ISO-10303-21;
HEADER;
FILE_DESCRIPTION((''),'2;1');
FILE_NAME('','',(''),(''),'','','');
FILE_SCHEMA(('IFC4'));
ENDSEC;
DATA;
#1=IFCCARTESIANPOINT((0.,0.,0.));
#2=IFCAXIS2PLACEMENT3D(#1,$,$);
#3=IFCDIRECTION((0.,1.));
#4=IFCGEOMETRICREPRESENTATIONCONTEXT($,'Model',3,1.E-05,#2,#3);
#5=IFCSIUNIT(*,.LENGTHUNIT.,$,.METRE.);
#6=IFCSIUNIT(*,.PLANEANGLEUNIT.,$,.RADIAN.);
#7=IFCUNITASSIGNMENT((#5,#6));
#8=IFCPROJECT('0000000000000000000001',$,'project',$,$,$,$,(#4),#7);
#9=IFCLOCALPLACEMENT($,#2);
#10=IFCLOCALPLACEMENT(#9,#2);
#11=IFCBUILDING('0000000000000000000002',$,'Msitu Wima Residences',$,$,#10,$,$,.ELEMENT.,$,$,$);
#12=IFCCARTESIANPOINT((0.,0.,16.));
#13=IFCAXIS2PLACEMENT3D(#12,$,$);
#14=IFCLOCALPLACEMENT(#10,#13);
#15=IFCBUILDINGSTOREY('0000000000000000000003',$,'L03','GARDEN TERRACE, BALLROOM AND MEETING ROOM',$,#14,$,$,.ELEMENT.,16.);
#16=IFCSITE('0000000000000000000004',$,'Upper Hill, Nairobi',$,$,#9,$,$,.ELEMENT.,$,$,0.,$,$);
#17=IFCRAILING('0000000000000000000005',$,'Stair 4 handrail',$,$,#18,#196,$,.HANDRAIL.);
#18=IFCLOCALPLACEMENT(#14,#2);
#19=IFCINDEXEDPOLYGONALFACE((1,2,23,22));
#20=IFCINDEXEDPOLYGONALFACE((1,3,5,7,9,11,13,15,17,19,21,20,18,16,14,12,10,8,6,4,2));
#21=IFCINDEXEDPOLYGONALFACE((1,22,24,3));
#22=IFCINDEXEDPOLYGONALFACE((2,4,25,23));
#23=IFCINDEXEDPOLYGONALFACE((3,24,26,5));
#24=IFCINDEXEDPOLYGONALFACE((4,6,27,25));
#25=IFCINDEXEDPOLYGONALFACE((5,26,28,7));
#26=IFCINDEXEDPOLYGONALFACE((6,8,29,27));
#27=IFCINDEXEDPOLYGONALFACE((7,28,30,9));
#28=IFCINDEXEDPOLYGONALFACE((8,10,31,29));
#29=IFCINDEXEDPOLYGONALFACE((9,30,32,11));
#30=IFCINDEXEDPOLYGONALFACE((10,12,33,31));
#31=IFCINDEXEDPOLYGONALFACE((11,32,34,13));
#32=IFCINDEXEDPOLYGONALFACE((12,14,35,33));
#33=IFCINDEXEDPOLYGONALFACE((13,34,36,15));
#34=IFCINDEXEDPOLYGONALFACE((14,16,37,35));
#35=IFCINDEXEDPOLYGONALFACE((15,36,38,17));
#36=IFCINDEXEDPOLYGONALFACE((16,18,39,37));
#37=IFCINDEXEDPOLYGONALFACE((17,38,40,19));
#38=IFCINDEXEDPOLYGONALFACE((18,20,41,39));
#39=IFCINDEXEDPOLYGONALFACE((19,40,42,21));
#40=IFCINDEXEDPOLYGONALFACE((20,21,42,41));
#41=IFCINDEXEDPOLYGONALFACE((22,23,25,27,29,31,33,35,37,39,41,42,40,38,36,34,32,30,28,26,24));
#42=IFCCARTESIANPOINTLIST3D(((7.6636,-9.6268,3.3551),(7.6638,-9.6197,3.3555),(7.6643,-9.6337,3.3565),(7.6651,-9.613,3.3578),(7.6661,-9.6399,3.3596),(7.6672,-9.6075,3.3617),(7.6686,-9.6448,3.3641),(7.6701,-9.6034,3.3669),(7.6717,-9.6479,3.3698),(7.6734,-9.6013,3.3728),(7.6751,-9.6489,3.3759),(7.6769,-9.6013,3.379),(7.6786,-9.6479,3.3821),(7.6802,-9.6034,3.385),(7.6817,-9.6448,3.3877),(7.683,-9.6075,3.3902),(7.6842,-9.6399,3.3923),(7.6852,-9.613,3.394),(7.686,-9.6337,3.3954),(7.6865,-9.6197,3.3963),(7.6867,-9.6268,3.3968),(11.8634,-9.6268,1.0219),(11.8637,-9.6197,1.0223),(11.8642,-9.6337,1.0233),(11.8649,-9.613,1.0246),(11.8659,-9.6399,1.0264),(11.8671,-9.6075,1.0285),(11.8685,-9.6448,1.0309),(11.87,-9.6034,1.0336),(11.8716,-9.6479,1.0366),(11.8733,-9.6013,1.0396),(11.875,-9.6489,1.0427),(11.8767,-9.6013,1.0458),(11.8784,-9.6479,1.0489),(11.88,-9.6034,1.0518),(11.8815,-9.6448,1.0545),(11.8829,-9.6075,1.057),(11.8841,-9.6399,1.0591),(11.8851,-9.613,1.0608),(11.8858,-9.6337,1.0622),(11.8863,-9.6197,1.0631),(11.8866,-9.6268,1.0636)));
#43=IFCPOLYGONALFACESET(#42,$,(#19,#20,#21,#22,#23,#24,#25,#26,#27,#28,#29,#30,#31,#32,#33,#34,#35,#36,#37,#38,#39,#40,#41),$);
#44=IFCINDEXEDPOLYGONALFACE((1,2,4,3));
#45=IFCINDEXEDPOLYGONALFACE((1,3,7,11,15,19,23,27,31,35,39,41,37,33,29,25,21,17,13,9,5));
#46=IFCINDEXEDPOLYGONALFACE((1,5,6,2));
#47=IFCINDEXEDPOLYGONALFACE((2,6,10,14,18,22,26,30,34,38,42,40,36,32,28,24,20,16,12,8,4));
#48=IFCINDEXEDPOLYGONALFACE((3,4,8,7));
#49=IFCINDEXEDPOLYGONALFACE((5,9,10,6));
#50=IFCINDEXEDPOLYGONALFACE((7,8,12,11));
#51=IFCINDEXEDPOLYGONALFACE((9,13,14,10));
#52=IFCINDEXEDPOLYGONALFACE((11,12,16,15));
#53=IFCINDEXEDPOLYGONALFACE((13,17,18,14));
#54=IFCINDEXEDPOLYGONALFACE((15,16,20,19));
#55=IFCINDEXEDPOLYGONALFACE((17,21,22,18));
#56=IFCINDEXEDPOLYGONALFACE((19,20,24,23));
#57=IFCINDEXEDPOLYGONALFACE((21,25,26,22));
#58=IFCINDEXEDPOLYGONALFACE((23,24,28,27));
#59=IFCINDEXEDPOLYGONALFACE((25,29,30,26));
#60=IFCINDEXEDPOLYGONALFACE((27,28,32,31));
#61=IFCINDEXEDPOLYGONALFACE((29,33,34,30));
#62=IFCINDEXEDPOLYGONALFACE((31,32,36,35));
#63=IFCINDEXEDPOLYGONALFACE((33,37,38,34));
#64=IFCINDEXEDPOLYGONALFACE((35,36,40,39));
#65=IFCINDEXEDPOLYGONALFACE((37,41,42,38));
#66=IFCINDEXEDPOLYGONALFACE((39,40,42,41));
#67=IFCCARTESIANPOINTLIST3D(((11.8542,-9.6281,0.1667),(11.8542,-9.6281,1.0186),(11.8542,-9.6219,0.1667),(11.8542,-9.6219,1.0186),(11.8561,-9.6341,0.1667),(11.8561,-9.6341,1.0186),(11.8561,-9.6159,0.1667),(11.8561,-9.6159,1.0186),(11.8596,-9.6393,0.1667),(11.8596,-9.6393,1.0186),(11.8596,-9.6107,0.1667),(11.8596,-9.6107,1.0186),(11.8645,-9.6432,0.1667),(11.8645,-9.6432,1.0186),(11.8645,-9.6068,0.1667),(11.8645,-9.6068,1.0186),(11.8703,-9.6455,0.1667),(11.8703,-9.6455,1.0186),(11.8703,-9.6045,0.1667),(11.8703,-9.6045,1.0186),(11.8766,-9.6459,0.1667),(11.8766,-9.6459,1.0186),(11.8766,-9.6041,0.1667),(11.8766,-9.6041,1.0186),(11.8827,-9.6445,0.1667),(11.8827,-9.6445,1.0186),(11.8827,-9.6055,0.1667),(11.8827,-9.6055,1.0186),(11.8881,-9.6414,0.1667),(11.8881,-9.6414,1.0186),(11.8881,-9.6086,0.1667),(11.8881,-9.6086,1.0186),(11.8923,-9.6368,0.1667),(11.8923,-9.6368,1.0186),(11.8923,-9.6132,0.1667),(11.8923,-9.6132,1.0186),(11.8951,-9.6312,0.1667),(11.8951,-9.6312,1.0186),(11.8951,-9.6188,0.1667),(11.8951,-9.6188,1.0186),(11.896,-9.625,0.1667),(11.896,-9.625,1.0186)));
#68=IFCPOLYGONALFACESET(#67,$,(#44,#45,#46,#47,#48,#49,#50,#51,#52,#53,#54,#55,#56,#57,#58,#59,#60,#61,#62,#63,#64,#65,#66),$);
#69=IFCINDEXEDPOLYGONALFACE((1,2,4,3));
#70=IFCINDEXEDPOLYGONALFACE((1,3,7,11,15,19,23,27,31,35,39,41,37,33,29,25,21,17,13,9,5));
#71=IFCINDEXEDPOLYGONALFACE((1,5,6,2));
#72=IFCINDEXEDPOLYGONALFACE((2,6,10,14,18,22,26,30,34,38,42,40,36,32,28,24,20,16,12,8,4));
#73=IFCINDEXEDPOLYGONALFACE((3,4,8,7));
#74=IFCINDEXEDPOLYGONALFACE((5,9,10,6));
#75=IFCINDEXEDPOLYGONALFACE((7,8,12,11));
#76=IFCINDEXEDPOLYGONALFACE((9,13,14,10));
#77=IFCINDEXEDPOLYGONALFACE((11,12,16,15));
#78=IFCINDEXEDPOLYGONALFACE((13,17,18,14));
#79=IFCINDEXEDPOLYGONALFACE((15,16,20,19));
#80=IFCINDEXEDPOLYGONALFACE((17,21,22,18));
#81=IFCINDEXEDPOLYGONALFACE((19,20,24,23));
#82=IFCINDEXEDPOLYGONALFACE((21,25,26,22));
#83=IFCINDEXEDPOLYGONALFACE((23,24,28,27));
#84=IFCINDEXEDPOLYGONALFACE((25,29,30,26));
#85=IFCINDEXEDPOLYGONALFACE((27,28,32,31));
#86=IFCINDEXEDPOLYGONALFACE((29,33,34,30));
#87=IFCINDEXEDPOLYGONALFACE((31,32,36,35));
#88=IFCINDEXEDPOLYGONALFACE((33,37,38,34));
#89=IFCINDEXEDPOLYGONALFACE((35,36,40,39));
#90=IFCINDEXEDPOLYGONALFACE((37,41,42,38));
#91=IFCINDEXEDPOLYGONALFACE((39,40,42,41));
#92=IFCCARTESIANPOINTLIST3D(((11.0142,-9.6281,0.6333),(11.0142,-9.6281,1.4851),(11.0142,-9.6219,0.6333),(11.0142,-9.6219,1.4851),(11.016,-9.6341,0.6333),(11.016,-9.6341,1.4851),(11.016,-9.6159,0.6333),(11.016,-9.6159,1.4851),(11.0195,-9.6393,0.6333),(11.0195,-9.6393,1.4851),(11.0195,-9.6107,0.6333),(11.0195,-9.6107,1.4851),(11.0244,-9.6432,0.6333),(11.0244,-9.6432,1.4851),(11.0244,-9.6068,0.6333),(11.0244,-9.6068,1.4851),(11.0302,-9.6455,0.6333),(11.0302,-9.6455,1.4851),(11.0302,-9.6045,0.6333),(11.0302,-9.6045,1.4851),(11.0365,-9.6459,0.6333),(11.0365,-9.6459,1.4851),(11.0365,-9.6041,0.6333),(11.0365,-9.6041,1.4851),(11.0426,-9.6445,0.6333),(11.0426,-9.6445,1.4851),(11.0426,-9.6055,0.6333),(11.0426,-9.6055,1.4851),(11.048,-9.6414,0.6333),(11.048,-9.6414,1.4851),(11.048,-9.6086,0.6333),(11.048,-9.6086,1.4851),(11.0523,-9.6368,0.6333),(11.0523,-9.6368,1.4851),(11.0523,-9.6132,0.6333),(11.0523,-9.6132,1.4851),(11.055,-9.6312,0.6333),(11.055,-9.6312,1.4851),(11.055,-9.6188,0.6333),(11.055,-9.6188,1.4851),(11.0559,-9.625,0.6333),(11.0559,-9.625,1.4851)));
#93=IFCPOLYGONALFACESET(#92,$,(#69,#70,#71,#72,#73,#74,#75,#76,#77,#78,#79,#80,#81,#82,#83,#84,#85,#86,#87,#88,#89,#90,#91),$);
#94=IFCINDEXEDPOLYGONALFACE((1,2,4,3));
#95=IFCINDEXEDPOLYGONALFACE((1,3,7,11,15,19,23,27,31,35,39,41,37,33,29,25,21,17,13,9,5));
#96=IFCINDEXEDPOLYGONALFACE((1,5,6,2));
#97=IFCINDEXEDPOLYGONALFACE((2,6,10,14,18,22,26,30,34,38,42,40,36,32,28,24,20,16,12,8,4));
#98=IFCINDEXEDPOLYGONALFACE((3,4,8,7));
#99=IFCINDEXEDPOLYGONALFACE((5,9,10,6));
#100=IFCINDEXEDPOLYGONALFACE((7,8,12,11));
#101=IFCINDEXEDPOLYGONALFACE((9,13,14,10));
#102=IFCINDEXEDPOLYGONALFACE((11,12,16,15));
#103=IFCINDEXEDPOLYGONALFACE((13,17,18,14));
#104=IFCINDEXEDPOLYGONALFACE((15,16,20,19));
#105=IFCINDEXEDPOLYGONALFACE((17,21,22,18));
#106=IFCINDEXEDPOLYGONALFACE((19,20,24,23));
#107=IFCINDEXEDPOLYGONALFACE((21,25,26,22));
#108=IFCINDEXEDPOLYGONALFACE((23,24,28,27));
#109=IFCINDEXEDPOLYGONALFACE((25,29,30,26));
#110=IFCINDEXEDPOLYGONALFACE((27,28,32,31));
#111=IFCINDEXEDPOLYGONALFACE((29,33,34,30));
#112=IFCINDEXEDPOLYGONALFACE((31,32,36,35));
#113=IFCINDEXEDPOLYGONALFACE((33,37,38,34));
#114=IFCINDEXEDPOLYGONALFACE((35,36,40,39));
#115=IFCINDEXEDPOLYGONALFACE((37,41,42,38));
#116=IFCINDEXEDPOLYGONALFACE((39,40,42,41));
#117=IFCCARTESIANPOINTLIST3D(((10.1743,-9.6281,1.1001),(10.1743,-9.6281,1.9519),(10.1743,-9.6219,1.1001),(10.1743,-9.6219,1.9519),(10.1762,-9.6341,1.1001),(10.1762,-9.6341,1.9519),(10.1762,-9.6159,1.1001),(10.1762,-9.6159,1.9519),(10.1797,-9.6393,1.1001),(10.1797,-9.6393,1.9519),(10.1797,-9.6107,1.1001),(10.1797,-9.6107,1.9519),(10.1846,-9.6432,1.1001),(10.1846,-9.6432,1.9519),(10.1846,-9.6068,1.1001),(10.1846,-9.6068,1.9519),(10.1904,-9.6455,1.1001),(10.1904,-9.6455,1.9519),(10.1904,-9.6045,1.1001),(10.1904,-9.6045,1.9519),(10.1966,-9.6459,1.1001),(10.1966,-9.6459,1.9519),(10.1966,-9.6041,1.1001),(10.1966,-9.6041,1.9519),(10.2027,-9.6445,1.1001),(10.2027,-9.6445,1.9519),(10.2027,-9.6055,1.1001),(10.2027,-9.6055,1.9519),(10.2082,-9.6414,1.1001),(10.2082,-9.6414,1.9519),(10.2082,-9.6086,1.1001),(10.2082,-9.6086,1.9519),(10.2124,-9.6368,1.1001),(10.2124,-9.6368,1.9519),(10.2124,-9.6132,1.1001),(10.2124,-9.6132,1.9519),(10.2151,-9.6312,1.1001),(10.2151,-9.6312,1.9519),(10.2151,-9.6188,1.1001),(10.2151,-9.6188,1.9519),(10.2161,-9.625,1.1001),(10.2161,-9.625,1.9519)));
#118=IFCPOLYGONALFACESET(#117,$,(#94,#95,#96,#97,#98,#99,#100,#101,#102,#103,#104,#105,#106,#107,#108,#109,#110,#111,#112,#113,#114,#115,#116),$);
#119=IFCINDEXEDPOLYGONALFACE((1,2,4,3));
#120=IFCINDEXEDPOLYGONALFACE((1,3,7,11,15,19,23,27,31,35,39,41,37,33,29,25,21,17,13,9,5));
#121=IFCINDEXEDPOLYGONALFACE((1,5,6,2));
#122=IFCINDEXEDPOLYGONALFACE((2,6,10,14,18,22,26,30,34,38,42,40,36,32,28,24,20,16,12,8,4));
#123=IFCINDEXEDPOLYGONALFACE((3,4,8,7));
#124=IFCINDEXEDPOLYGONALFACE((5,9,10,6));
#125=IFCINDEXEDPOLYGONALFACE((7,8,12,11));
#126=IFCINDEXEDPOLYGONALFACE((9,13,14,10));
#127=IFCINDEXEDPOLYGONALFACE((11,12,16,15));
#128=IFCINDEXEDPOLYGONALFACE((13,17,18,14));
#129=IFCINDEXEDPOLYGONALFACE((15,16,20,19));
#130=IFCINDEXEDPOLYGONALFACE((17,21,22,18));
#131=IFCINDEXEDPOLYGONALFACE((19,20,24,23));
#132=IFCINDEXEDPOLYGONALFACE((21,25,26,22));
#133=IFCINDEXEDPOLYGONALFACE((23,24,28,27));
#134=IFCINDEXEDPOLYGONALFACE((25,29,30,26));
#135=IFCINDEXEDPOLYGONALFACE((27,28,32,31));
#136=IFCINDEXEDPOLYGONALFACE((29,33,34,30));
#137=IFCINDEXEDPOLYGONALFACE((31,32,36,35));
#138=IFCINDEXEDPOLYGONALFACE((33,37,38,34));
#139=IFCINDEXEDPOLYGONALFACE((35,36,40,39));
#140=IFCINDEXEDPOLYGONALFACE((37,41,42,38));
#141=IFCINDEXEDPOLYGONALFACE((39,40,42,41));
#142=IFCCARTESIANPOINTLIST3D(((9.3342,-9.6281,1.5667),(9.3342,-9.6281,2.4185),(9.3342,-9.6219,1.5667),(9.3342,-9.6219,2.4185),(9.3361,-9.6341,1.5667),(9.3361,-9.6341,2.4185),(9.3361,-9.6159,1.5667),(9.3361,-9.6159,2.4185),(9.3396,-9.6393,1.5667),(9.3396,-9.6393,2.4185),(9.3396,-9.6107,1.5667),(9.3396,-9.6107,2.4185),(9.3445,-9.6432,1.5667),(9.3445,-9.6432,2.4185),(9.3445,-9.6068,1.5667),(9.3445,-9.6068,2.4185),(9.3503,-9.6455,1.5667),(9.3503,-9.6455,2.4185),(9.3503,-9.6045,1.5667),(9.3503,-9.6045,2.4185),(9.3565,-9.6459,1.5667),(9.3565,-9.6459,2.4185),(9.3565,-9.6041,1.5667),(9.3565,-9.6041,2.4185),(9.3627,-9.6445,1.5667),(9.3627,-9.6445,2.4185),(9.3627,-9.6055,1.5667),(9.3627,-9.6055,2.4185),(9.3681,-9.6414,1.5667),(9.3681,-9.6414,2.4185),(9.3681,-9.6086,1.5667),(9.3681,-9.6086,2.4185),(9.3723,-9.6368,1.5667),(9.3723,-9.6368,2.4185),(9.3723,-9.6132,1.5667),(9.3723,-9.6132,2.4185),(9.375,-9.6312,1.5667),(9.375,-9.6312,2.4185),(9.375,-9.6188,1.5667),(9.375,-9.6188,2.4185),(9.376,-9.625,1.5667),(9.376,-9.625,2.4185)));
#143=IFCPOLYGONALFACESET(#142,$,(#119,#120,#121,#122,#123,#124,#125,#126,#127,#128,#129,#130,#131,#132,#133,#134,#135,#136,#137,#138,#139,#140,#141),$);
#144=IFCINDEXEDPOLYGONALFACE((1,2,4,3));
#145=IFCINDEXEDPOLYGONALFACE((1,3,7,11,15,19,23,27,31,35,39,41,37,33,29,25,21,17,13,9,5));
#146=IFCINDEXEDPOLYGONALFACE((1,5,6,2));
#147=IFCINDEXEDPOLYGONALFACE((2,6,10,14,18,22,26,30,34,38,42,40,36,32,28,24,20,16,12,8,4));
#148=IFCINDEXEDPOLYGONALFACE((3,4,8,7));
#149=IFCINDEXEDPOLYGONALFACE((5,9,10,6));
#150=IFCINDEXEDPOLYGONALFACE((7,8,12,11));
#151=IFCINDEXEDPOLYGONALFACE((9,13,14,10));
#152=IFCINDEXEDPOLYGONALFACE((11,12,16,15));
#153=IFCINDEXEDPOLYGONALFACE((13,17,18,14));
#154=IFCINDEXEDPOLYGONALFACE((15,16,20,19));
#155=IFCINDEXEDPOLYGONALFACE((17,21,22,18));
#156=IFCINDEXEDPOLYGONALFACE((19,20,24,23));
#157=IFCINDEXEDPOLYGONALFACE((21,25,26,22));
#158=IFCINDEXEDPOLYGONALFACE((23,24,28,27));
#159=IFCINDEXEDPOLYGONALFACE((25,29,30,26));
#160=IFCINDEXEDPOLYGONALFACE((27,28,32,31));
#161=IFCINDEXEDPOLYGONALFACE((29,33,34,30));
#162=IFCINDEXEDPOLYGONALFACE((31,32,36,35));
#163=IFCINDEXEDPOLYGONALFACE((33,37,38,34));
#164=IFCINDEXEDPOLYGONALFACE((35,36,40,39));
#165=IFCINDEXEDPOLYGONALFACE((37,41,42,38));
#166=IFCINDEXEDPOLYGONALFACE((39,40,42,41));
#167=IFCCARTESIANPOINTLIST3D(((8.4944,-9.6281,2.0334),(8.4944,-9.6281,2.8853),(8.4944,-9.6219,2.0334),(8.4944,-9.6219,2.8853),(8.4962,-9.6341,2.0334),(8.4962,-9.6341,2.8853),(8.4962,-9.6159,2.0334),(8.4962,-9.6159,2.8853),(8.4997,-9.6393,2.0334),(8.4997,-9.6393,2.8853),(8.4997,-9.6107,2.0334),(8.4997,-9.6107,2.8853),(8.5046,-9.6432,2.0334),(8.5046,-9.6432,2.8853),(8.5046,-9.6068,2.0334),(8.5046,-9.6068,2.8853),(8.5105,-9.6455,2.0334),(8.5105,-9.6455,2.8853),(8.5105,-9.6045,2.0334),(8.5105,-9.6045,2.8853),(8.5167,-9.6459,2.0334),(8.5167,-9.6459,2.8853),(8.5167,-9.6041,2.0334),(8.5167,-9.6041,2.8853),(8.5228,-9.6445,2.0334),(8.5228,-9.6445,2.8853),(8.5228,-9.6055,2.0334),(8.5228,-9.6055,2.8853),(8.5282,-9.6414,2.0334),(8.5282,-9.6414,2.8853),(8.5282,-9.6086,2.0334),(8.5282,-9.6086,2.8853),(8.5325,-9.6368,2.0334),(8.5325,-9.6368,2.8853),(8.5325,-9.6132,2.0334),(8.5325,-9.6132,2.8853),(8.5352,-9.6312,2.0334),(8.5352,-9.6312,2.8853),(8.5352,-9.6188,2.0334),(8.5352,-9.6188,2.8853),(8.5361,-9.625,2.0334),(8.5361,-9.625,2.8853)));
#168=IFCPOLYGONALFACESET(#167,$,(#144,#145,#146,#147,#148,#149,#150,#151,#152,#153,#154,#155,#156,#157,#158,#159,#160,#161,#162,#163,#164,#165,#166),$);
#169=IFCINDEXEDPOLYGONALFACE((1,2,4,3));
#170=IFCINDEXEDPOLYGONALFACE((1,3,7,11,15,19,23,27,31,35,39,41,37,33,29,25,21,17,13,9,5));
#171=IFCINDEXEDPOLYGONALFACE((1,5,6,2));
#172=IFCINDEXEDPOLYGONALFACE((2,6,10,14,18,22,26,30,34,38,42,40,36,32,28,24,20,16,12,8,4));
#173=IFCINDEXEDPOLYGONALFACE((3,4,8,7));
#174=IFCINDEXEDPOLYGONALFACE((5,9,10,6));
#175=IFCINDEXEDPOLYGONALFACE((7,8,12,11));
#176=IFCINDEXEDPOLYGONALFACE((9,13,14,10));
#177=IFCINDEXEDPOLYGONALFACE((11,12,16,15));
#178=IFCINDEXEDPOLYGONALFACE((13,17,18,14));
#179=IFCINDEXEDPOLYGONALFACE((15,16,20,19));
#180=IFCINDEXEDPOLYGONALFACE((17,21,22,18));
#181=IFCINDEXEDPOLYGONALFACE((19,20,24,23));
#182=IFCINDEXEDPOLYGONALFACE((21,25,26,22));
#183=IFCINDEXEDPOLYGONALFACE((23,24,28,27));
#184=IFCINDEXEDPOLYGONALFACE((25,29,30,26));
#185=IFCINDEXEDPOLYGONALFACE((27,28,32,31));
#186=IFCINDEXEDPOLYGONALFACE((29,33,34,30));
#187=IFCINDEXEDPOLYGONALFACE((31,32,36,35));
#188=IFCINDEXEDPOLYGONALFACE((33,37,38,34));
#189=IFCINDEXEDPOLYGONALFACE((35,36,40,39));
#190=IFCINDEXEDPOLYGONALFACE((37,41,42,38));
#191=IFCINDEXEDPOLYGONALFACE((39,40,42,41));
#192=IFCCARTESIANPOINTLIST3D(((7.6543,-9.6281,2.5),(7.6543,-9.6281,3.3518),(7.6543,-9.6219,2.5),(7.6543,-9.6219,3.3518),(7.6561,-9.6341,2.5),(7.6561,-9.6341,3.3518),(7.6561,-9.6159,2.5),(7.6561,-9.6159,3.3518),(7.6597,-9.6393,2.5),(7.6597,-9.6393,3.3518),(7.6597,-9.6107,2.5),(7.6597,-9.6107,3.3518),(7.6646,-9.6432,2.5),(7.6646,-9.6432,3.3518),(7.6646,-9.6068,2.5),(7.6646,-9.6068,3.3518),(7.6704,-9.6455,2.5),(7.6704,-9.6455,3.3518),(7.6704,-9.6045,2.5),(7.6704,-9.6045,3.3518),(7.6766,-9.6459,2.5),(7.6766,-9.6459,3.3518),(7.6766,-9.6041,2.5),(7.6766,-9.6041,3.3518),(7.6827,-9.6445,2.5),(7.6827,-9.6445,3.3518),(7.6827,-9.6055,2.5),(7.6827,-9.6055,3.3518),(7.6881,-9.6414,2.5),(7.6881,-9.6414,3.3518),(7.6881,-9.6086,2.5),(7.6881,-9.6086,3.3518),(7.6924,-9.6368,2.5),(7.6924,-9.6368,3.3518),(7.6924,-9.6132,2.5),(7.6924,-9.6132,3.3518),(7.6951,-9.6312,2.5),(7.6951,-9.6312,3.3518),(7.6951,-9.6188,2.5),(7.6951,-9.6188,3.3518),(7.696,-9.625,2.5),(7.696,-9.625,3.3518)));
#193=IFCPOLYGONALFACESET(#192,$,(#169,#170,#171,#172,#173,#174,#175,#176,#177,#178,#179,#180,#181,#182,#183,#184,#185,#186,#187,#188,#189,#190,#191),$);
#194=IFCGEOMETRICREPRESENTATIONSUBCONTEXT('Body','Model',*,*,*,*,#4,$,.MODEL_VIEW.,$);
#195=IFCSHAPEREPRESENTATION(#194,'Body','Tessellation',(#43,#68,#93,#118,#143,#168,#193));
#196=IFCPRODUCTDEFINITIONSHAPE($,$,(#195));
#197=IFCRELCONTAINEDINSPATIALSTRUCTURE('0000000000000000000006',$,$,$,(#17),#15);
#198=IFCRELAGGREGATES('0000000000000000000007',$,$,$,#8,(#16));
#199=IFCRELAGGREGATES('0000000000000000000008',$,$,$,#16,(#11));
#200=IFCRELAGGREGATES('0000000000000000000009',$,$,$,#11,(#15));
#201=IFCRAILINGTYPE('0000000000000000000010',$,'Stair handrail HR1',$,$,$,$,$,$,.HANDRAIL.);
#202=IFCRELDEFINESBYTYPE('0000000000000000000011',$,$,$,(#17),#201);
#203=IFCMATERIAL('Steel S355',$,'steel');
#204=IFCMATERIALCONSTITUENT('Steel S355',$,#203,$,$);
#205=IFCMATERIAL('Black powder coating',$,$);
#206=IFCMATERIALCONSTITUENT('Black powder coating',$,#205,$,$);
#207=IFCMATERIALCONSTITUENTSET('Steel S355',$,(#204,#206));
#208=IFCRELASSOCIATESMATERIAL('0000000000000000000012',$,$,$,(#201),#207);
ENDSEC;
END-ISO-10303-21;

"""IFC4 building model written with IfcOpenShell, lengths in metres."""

from ifc_helpers import new_model, si_unit, direction, frame, origin, origin_2d, place, context, subcontext, project, spatial, circle, extrude, material, constituent, constituent_set, type_object, element, save


model = new_model("IFC4")

# Units and contexts
model_context = context("Model", 3, precision=1e-05, world=origin(), true_north=direction((0.0, 1.0)))
body_context = subcontext(model_context, "Body", "Model", "MODEL_VIEW")
ifc_project = project(units=[si_unit("LENGTHUNIT", "METRE"), si_unit("PLANEANGLEUNIT", "RADIAN")], contexts=[model_context])

# Site, building, storey
site_placement = place(None, origin())
site = spatial("IfcSite", under=ifc_project, at=site_placement, Name="Upper Hill, Nairobi", CompositionType="ELEMENT", RefElevation=0.0)
building_placement = place(site_placement, origin())
building = spatial("IfcBuilding", under=site, at=building_placement, Name="Msitu Wima Residences", CompositionType="ELEMENT")
storey_placement = place(building_placement, frame((0.0, 0.0, 16.0)))
storey = spatial("IfcBuildingStorey", under=building, at=storey_placement, Name="L03", Description="GARDEN TERRACE, BALLROOM AND MEETING ROOM", CompositionType="ELEMENT", Elevation=16.0)

# Railing
ifc_material_1 = material(Name="Steel S355", Category="steel")
ifc_constituent_1 = constituent(ifc_material_1, Name="Steel S355")
ifc_material_2 = material(Name="Black powder coating")
ifc_constituent_2 = constituent(ifc_material_2, Name="Black powder coating")
ifc_constituent_set = constituent_set(constituents=[ifc_constituent_1, ifc_constituent_2], Name="Steel S355")
railing_type = type_object("IfcRailingType", Name="Stair handrail HR1", PredefinedType="HANDRAIL", material=ifc_constituent_set)
for number, where, name in (
    (1, (11.875, -9.625, 0.1667), "Stair 4 handrail"),
):
    element("IfcRailing", number, at=place(storey_placement, frame(where)), inside=storey, type_object=railing_type, Name=name, PredefinedType="HANDRAIL", context=body_context, shape_type="SweptSolid", body=[
        extrude(circle(Radius=0.0239, at=origin_2d()), frame((0.0, 0.0, 0.876), z_axis=(-0.874162, 0.0, 0.485634), x_axis=(0.0, -1.0, 0.0)), (0.0, 0.0, 1.0), 4.8044),
        extrude(circle(Radius=0.021, at=origin_2d()), origin(), (0.0, 0.0, 1.0), 0.8518),
        extrude(circle(Radius=0.021, at=origin_2d()), frame((-0.8401, 0.0, 0.4666)), (0.0, 0.0, 1.0), 0.8518),
        extrude(circle(Radius=0.021, at=origin_2d()), frame((-1.6799, 0.0, 0.9333)), (0.0, 0.0, 1.0), 0.8518),
        extrude(circle(Radius=0.021, at=origin_2d()), frame((-2.52, 0.0, 1.3999)), (0.0, 0.0, 1.0), 0.8518),
        extrude(circle(Radius=0.021, at=origin_2d()), frame((-3.3599, 0.0, 1.8667)), (0.0, 0.0, 1.0), 0.8518),
        extrude(circle(Radius=0.021, at=origin_2d()), frame((-4.2, 0.0, 2.3333)), (0.0, 0.0, 1.0), 0.8518),
    ])

save(model, "model.ifc")
